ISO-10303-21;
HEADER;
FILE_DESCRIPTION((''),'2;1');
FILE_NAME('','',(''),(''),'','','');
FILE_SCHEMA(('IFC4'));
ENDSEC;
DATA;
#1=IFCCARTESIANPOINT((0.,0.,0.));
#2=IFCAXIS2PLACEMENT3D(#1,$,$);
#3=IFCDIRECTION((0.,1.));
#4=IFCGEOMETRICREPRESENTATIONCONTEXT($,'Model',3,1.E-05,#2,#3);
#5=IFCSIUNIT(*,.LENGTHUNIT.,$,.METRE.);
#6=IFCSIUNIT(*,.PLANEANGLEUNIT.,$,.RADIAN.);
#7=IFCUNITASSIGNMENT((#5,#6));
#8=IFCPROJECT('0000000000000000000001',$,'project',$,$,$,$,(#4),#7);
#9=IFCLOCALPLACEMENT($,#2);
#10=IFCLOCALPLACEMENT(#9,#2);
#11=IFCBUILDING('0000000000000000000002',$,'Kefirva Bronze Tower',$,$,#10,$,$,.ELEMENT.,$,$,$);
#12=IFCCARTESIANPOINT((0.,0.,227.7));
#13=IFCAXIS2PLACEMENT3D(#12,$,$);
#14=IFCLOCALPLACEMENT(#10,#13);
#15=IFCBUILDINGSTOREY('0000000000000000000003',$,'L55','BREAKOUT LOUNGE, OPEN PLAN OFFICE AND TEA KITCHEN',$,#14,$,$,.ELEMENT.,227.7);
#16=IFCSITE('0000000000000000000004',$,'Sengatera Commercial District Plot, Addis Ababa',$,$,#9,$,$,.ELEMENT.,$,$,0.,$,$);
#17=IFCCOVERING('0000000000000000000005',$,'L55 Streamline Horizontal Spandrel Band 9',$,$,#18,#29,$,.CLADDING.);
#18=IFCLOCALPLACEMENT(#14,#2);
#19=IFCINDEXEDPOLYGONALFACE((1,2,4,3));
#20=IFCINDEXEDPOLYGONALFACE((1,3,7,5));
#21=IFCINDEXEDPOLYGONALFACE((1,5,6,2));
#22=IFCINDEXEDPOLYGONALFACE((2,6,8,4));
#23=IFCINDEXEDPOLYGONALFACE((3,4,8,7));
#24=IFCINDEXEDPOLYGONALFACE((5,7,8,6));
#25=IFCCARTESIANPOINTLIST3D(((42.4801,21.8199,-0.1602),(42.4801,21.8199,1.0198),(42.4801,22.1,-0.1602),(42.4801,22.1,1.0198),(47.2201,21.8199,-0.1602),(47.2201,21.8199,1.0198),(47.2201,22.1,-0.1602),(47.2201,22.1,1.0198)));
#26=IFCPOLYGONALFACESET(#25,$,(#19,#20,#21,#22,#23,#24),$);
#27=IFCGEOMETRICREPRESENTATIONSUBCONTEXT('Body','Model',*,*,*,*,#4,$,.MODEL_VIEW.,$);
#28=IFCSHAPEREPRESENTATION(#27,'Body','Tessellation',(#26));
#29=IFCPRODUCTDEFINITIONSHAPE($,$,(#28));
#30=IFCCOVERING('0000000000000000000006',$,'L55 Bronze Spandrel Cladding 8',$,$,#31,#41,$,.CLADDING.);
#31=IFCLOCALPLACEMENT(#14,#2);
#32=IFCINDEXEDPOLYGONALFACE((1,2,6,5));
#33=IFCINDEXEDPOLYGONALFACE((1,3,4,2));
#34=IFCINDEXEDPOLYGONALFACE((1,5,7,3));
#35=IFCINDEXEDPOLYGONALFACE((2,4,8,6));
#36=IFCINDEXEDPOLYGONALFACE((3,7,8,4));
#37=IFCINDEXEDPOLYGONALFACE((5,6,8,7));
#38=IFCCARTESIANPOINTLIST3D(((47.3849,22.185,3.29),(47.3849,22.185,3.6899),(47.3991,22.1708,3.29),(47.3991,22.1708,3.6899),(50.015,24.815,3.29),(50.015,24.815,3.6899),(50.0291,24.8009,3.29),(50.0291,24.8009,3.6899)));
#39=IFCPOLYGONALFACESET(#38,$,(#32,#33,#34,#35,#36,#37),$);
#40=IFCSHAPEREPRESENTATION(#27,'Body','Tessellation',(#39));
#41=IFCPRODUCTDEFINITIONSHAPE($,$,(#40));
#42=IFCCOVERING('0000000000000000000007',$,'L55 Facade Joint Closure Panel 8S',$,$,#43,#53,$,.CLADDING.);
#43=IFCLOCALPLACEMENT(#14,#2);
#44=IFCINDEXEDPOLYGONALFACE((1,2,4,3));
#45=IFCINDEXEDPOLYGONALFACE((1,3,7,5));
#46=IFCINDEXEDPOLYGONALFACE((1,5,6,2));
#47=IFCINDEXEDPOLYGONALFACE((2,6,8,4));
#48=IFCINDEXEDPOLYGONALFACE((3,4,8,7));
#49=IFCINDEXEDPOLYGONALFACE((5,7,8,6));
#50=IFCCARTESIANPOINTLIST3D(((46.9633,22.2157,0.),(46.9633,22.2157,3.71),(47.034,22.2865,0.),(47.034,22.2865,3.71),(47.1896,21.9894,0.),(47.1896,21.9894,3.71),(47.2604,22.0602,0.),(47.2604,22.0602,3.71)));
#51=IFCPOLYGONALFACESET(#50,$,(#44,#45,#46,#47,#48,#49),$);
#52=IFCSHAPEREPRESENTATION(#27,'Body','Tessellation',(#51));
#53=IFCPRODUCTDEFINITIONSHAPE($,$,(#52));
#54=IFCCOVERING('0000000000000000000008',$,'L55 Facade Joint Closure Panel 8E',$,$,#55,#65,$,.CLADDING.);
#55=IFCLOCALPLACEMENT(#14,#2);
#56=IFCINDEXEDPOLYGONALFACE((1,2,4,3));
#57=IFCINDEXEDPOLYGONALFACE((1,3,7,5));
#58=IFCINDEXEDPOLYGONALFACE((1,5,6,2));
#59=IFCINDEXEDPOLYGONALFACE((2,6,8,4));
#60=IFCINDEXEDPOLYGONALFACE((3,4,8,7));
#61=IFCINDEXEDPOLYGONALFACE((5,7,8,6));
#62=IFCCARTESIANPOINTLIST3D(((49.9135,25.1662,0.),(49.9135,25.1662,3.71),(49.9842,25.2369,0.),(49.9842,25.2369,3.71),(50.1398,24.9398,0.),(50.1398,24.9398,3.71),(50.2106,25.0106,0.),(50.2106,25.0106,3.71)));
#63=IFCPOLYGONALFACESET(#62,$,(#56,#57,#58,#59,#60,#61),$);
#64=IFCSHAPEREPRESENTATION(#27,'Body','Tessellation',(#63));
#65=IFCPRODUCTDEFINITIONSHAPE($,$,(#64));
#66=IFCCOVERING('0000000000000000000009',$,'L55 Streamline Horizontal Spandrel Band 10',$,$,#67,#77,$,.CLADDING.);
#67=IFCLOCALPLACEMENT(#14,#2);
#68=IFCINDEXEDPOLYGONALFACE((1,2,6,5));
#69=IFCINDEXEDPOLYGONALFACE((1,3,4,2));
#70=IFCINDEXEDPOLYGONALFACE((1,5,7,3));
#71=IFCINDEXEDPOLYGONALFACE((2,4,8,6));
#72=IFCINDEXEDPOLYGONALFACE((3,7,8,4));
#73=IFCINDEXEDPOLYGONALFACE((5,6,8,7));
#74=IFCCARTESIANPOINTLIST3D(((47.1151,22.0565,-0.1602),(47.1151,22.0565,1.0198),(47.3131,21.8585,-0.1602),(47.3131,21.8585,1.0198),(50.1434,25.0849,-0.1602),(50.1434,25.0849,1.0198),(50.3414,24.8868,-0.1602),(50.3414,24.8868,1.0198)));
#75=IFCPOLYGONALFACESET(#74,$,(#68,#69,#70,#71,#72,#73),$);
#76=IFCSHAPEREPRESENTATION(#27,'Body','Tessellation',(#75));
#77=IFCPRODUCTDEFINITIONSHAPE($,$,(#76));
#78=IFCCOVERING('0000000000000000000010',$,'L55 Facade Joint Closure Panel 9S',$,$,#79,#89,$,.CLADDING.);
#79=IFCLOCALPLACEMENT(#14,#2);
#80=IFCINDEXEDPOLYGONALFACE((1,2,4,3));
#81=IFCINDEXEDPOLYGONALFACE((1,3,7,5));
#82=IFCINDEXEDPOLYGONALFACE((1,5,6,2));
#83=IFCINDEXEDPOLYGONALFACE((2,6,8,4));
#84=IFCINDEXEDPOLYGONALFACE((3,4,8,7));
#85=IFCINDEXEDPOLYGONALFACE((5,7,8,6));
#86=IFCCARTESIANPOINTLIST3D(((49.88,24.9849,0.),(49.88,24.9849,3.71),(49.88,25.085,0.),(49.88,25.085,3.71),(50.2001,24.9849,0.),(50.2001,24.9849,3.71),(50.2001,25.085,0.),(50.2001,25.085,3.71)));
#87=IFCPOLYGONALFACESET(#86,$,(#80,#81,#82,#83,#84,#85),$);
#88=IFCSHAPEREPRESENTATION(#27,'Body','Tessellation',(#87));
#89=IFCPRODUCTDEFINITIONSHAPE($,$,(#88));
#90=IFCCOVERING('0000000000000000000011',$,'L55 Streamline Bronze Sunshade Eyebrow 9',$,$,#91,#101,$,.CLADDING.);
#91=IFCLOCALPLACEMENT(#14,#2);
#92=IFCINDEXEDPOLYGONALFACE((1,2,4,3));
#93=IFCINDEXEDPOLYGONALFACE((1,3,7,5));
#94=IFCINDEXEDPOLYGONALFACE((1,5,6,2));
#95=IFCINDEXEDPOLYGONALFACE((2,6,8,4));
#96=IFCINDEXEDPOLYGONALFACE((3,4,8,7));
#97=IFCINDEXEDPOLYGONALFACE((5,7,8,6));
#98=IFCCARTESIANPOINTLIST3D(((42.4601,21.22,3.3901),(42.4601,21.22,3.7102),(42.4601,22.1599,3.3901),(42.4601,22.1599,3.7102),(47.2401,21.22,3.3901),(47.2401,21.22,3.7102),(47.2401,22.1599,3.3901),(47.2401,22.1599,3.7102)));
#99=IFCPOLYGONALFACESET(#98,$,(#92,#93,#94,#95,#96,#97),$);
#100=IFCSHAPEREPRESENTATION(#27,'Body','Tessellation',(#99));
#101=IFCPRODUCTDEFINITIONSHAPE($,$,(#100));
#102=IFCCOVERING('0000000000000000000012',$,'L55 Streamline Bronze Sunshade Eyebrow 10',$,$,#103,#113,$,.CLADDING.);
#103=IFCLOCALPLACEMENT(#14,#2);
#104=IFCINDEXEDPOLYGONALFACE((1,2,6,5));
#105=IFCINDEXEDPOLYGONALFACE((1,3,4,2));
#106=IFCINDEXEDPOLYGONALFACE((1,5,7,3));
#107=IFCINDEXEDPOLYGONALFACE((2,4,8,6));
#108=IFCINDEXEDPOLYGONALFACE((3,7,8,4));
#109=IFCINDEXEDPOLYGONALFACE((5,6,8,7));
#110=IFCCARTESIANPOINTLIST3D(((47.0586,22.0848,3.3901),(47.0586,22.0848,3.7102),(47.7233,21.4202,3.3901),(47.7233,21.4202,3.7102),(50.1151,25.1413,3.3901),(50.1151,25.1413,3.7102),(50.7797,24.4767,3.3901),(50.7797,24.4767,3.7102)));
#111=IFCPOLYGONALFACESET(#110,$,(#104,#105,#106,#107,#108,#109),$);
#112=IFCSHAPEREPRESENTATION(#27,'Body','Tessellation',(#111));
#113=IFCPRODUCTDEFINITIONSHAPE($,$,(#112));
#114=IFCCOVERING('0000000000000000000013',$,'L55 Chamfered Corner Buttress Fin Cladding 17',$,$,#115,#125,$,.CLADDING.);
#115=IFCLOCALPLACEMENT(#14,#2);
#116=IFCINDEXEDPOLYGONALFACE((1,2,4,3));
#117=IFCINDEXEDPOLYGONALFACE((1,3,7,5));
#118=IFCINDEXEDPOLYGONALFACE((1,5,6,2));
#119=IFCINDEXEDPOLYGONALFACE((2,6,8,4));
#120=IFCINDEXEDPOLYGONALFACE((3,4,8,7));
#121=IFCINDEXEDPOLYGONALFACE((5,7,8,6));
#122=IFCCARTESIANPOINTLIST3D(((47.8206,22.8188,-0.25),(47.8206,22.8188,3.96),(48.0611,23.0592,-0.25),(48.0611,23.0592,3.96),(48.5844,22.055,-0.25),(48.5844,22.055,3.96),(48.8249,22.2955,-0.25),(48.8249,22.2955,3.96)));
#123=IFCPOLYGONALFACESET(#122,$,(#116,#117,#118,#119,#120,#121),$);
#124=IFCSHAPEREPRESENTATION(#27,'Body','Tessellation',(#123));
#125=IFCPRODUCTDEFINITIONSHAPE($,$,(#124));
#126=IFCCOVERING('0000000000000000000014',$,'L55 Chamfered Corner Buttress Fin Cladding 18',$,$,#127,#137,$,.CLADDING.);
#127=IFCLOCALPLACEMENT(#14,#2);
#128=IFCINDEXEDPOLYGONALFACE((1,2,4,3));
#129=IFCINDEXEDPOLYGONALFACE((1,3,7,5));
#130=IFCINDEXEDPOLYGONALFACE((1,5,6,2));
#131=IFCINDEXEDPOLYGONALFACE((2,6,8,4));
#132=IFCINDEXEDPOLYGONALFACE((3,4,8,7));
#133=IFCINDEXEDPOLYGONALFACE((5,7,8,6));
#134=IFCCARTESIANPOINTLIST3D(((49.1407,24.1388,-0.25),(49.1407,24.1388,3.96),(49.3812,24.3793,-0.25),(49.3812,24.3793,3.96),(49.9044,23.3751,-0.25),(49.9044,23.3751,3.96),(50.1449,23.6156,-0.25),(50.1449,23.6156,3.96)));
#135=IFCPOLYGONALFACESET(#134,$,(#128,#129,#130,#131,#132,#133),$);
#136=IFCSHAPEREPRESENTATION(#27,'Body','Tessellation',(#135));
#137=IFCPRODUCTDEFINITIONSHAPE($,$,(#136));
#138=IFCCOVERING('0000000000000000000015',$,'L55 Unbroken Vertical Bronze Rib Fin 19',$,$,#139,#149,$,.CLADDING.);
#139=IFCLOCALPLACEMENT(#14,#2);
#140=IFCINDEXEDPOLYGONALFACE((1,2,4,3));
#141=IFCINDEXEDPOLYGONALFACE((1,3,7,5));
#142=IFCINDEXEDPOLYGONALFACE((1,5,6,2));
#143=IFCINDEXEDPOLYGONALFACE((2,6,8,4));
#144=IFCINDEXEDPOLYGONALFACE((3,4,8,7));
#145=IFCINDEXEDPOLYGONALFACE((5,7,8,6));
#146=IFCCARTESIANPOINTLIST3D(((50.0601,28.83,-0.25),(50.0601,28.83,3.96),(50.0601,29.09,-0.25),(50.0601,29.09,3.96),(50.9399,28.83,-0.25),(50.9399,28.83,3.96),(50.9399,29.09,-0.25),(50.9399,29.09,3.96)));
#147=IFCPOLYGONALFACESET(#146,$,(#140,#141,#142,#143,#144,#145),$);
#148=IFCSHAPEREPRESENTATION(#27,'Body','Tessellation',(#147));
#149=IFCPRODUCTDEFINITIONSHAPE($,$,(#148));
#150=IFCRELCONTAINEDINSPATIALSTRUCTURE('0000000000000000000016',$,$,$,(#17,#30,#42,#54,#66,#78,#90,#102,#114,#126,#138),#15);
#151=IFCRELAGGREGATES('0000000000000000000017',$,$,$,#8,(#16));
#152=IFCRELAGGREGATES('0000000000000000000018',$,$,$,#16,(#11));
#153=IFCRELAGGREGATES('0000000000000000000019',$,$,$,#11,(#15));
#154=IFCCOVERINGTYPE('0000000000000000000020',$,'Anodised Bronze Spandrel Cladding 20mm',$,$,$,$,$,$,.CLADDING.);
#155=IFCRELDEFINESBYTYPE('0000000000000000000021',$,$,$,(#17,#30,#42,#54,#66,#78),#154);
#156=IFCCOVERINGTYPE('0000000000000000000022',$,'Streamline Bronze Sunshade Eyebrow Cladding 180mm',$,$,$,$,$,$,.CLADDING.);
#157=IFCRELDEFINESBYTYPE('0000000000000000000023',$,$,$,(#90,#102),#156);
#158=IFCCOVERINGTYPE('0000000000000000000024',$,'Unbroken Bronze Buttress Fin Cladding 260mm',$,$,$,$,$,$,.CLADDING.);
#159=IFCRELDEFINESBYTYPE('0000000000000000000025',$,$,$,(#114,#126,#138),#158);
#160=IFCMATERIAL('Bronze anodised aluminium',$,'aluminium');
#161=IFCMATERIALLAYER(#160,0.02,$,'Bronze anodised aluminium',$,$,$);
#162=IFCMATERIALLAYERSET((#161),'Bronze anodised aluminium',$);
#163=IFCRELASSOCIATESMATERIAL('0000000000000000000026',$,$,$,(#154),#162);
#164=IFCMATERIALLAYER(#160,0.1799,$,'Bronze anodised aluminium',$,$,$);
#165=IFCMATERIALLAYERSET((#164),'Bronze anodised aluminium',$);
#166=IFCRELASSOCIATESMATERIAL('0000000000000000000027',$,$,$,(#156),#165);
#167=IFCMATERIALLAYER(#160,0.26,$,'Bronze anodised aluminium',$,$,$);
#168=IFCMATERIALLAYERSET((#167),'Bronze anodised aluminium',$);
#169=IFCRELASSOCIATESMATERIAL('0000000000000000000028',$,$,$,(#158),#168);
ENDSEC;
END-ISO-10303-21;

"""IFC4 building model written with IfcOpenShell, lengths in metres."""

from ifc_helpers import new_model, si_unit, direction, frame, origin, origin_2d, place, context, subcontext, project, spatial, rectangle, extrude, material, layer, layer_set, type_object, element, save


model = new_model("IFC4")

# Units and contexts
model_context = context("Model", 3, precision=1e-05, world=origin(), true_north=direction((0.0, 1.0)))
body_context = subcontext(model_context, "Body", "Model", "MODEL_VIEW")
ifc_project = project(units=[si_unit("LENGTHUNIT", "METRE"), si_unit("PLANEANGLEUNIT", "RADIAN")], contexts=[model_context])

# Site, building, storey
site_placement = place(None, origin())
site = spatial("IfcSite", under=ifc_project, at=site_placement, Name="Sengatera Commercial District Plot, Addis Ababa", CompositionType="ELEMENT", RefElevation=0.0)
building_placement = place(site_placement, origin())
building = spatial("IfcBuilding", under=site, at=building_placement, Name="Kefirva Bronze Tower", CompositionType="ELEMENT")
storey_placement = place(building_placement, frame((0.0, 0.0, 227.7)))
storey = spatial("IfcBuildingStorey", under=building, at=storey_placement, Name="L55", Description="BREAKOUT LOUNGE, OPEN PLAN OFFICE AND TEA KITCHEN", CompositionType="ELEMENT", Elevation=227.7)

# Coverings
ifc_material_1 = material(Name="Bronze anodised aluminium", Category="aluminium")
ifc_layer_1 = layer(ifc_material_1, 0.02, Name="Bronze anodised aluminium")
ifc_layer_set_1 = layer_set([ifc_layer_1], Name="Bronze anodised aluminium")
covering_type_1 = type_object("IfcCoveringType", Name="Anodised Bronze Spandrel Cladding 20mm", PredefinedType="CLADDING", material=ifc_layer_set_1)
covering_1_placement = place(storey_placement, frame((44.8501, 21.96, -0.1602), z_axis=(0.0, 0.0, 1.0), x_axis=(1.0, 0.0, 0.0)))
element("IfcCovering", 1, at=covering_1_placement, inside=storey, type_object=covering_type_1, Name="L55 Streamline Horizontal Spandrel Band 9", PredefinedType="CLADDING", context=body_context, shape_type="SweptSolid", body=[
    extrude(rectangle(XDim=4.74, YDim=0.28, at=origin_2d()), origin(), (0.0, 0.0, 1.0), 1.1799),
])
covering_2_placement = place(storey_placement, frame((48.707, 23.4929, 3.29), z_axis=(0.0, 0.0, 1.0), x_axis=(0.707107, 0.707107, 0.0)))
element("IfcCovering", 2, at=covering_2_placement, inside=storey, type_object=covering_type_1, Name="L55 Bronze Spandrel Cladding 8", PredefinedType="CLADDING", context=body_context, shape_type="SweptSolid", body=[
    extrude(rectangle(XDim=3.7195, YDim=0.02, at=origin_2d()), origin(), (0.0, 0.0, 1.0), 0.3999),
])
for number, where, z_axis, x_axis, name in (
    (3, (47.1118, 22.1379, 0.0), (0.0, 0.0, 1.0), (0.707107, 0.707107, 0.0), "L55 Facade Joint Closure Panel 8S"),
    (4, (50.062, 25.0884, 0.0), (0.0, 0.0, 1.0), (0.707107, 0.707107, 0.0), "L55 Facade Joint Closure Panel 8E"),
):
    element("IfcCovering", number, at=place(storey_placement, frame(where, z_axis=z_axis, x_axis=x_axis)), inside=storey, type_object=covering_type_1, Name=name, PredefinedType="CLADDING", context=body_context, shape_type="SweptSolid", body=[
        extrude(rectangle(XDim=0.1001, YDim=0.3201, at=origin_2d()), origin(), (0.0, 0.0, 1.0), 3.71),
    ])
covering_3_placement = place(storey_placement, frame((48.7283, 23.4717, -0.1602), z_axis=(0.0, 0.0, 1.0), x_axis=(0.707107, 0.707107, 0.0)))
element("IfcCovering", 5, at=covering_3_placement, inside=storey, type_object=covering_type_1, Name="L55 Streamline Horizontal Spandrel Band 10", PredefinedType="CLADDING", context=body_context, shape_type="SweptSolid", body=[
    extrude(rectangle(XDim=4.2827, YDim=0.28, at=origin_2d()), origin(), (0.0, 0.0, 1.0), 1.1799),
])
covering_4_placement = place(storey_placement, frame((50.04, 25.0349, 0.0), z_axis=(0.0, 0.0, 1.0), x_axis=(0.0, 1.0, 0.0)))
element("IfcCovering", 6, at=covering_4_placement, inside=storey, type_object=covering_type_1, Name="L55 Facade Joint Closure Panel 9S", PredefinedType="CLADDING", context=body_context, shape_type="SweptSolid", body=[
    extrude(rectangle(XDim=0.1001, YDim=0.3201, at=origin_2d()), origin(), (0.0, 0.0, 1.0), 3.71),
])
ifc_layer_2 = layer(ifc_material_1, 0.1799, Name="Bronze anodised aluminium")
ifc_layer_set_2 = layer_set([ifc_layer_2], Name="Bronze anodised aluminium")
covering_type_2 = type_object("IfcCoveringType", Name="Streamline Bronze Sunshade Eyebrow Cladding 180mm", PredefinedType="CLADDING", material=ifc_layer_set_2)
covering_5_placement = place(storey_placement, frame((44.8501, 21.6899, 3.3901), z_axis=(0.0, 0.0, 1.0), x_axis=(1.0, 0.0, 0.0)))
element("IfcCovering", 7, at=covering_5_placement, inside=storey, type_object=covering_type_2, Name="L55 Streamline Bronze Sunshade Eyebrow 9", PredefinedType="CLADDING", context=body_context, shape_type="SweptSolid", body=[
    extrude(rectangle(XDim=4.78, YDim=0.9399, at=origin_2d()), origin(), (0.0, 0.0, 1.0), 0.3201),
])
covering_6_placement = place(storey_placement, frame((48.9192, 23.2808, 3.3901), z_axis=(0.0, 0.0, 1.0), x_axis=(0.707107, 0.707107, 0.0)))
element("IfcCovering", 8, at=covering_6_placement, inside=storey, type_object=covering_type_2, Name="L55 Streamline Bronze Sunshade Eyebrow 10", PredefinedType="CLADDING", context=body_context, shape_type="SweptSolid", body=[
    extrude(rectangle(XDim=4.3225, YDim=0.9399, at=origin_2d()), origin(), (0.0, 0.0, 1.0), 0.3201),
])
ifc_layer_3 = layer(ifc_material_1, 0.26, Name="Bronze anodised aluminium")
ifc_layer_set_3 = layer_set([ifc_layer_3], Name="Bronze anodised aluminium")
covering_type_3 = type_object("IfcCoveringType", Name="Unbroken Bronze Buttress Fin Cladding 260mm", PredefinedType="CLADDING", material=ifc_layer_set_3)
for number, where, z_axis, x_axis, name in (
    (9, (48.3228, 22.5571, -0.25), (0.0, 0.0, 1.0), (0.707107, 0.707107, 0.0), "L55 Chamfered Corner Buttress Fin Cladding 17"),
    (10, (49.6428, 23.8772, -0.25), (0.0, 0.0, 1.0), (0.707107, 0.707107, 0.0), "L55 Chamfered Corner Buttress Fin Cladding 18"),
):
    element("IfcCovering", number, at=place(storey_placement, frame(where, z_axis=z_axis, x_axis=x_axis)), inside=storey, type_object=covering_type_3, Name=name, PredefinedType="CLADDING", context=body_context, shape_type="SweptSolid", body=[
        extrude(rectangle(XDim=0.3401, YDim=1.0801, at=origin_2d()), origin(), (0.0, 0.0, 1.0), 4.21),
    ])
covering_7_placement = place(storey_placement, frame((50.5, 28.96, -0.25), z_axis=(0.0, 0.0, 1.0), x_axis=(0.0, 1.0, 0.0)))
element("IfcCovering", 11, at=covering_7_placement, inside=storey, type_object=covering_type_3, Name="L55 Unbroken Vertical Bronze Rib Fin 19", PredefinedType="CLADDING", context=body_context, shape_type="SweptSolid", body=[
    extrude(rectangle(XDim=0.26, YDim=0.8799, at=origin_2d()), origin(), (0.0, 0.0, 1.0), 4.21),
])

save(model, "model.ifc")
